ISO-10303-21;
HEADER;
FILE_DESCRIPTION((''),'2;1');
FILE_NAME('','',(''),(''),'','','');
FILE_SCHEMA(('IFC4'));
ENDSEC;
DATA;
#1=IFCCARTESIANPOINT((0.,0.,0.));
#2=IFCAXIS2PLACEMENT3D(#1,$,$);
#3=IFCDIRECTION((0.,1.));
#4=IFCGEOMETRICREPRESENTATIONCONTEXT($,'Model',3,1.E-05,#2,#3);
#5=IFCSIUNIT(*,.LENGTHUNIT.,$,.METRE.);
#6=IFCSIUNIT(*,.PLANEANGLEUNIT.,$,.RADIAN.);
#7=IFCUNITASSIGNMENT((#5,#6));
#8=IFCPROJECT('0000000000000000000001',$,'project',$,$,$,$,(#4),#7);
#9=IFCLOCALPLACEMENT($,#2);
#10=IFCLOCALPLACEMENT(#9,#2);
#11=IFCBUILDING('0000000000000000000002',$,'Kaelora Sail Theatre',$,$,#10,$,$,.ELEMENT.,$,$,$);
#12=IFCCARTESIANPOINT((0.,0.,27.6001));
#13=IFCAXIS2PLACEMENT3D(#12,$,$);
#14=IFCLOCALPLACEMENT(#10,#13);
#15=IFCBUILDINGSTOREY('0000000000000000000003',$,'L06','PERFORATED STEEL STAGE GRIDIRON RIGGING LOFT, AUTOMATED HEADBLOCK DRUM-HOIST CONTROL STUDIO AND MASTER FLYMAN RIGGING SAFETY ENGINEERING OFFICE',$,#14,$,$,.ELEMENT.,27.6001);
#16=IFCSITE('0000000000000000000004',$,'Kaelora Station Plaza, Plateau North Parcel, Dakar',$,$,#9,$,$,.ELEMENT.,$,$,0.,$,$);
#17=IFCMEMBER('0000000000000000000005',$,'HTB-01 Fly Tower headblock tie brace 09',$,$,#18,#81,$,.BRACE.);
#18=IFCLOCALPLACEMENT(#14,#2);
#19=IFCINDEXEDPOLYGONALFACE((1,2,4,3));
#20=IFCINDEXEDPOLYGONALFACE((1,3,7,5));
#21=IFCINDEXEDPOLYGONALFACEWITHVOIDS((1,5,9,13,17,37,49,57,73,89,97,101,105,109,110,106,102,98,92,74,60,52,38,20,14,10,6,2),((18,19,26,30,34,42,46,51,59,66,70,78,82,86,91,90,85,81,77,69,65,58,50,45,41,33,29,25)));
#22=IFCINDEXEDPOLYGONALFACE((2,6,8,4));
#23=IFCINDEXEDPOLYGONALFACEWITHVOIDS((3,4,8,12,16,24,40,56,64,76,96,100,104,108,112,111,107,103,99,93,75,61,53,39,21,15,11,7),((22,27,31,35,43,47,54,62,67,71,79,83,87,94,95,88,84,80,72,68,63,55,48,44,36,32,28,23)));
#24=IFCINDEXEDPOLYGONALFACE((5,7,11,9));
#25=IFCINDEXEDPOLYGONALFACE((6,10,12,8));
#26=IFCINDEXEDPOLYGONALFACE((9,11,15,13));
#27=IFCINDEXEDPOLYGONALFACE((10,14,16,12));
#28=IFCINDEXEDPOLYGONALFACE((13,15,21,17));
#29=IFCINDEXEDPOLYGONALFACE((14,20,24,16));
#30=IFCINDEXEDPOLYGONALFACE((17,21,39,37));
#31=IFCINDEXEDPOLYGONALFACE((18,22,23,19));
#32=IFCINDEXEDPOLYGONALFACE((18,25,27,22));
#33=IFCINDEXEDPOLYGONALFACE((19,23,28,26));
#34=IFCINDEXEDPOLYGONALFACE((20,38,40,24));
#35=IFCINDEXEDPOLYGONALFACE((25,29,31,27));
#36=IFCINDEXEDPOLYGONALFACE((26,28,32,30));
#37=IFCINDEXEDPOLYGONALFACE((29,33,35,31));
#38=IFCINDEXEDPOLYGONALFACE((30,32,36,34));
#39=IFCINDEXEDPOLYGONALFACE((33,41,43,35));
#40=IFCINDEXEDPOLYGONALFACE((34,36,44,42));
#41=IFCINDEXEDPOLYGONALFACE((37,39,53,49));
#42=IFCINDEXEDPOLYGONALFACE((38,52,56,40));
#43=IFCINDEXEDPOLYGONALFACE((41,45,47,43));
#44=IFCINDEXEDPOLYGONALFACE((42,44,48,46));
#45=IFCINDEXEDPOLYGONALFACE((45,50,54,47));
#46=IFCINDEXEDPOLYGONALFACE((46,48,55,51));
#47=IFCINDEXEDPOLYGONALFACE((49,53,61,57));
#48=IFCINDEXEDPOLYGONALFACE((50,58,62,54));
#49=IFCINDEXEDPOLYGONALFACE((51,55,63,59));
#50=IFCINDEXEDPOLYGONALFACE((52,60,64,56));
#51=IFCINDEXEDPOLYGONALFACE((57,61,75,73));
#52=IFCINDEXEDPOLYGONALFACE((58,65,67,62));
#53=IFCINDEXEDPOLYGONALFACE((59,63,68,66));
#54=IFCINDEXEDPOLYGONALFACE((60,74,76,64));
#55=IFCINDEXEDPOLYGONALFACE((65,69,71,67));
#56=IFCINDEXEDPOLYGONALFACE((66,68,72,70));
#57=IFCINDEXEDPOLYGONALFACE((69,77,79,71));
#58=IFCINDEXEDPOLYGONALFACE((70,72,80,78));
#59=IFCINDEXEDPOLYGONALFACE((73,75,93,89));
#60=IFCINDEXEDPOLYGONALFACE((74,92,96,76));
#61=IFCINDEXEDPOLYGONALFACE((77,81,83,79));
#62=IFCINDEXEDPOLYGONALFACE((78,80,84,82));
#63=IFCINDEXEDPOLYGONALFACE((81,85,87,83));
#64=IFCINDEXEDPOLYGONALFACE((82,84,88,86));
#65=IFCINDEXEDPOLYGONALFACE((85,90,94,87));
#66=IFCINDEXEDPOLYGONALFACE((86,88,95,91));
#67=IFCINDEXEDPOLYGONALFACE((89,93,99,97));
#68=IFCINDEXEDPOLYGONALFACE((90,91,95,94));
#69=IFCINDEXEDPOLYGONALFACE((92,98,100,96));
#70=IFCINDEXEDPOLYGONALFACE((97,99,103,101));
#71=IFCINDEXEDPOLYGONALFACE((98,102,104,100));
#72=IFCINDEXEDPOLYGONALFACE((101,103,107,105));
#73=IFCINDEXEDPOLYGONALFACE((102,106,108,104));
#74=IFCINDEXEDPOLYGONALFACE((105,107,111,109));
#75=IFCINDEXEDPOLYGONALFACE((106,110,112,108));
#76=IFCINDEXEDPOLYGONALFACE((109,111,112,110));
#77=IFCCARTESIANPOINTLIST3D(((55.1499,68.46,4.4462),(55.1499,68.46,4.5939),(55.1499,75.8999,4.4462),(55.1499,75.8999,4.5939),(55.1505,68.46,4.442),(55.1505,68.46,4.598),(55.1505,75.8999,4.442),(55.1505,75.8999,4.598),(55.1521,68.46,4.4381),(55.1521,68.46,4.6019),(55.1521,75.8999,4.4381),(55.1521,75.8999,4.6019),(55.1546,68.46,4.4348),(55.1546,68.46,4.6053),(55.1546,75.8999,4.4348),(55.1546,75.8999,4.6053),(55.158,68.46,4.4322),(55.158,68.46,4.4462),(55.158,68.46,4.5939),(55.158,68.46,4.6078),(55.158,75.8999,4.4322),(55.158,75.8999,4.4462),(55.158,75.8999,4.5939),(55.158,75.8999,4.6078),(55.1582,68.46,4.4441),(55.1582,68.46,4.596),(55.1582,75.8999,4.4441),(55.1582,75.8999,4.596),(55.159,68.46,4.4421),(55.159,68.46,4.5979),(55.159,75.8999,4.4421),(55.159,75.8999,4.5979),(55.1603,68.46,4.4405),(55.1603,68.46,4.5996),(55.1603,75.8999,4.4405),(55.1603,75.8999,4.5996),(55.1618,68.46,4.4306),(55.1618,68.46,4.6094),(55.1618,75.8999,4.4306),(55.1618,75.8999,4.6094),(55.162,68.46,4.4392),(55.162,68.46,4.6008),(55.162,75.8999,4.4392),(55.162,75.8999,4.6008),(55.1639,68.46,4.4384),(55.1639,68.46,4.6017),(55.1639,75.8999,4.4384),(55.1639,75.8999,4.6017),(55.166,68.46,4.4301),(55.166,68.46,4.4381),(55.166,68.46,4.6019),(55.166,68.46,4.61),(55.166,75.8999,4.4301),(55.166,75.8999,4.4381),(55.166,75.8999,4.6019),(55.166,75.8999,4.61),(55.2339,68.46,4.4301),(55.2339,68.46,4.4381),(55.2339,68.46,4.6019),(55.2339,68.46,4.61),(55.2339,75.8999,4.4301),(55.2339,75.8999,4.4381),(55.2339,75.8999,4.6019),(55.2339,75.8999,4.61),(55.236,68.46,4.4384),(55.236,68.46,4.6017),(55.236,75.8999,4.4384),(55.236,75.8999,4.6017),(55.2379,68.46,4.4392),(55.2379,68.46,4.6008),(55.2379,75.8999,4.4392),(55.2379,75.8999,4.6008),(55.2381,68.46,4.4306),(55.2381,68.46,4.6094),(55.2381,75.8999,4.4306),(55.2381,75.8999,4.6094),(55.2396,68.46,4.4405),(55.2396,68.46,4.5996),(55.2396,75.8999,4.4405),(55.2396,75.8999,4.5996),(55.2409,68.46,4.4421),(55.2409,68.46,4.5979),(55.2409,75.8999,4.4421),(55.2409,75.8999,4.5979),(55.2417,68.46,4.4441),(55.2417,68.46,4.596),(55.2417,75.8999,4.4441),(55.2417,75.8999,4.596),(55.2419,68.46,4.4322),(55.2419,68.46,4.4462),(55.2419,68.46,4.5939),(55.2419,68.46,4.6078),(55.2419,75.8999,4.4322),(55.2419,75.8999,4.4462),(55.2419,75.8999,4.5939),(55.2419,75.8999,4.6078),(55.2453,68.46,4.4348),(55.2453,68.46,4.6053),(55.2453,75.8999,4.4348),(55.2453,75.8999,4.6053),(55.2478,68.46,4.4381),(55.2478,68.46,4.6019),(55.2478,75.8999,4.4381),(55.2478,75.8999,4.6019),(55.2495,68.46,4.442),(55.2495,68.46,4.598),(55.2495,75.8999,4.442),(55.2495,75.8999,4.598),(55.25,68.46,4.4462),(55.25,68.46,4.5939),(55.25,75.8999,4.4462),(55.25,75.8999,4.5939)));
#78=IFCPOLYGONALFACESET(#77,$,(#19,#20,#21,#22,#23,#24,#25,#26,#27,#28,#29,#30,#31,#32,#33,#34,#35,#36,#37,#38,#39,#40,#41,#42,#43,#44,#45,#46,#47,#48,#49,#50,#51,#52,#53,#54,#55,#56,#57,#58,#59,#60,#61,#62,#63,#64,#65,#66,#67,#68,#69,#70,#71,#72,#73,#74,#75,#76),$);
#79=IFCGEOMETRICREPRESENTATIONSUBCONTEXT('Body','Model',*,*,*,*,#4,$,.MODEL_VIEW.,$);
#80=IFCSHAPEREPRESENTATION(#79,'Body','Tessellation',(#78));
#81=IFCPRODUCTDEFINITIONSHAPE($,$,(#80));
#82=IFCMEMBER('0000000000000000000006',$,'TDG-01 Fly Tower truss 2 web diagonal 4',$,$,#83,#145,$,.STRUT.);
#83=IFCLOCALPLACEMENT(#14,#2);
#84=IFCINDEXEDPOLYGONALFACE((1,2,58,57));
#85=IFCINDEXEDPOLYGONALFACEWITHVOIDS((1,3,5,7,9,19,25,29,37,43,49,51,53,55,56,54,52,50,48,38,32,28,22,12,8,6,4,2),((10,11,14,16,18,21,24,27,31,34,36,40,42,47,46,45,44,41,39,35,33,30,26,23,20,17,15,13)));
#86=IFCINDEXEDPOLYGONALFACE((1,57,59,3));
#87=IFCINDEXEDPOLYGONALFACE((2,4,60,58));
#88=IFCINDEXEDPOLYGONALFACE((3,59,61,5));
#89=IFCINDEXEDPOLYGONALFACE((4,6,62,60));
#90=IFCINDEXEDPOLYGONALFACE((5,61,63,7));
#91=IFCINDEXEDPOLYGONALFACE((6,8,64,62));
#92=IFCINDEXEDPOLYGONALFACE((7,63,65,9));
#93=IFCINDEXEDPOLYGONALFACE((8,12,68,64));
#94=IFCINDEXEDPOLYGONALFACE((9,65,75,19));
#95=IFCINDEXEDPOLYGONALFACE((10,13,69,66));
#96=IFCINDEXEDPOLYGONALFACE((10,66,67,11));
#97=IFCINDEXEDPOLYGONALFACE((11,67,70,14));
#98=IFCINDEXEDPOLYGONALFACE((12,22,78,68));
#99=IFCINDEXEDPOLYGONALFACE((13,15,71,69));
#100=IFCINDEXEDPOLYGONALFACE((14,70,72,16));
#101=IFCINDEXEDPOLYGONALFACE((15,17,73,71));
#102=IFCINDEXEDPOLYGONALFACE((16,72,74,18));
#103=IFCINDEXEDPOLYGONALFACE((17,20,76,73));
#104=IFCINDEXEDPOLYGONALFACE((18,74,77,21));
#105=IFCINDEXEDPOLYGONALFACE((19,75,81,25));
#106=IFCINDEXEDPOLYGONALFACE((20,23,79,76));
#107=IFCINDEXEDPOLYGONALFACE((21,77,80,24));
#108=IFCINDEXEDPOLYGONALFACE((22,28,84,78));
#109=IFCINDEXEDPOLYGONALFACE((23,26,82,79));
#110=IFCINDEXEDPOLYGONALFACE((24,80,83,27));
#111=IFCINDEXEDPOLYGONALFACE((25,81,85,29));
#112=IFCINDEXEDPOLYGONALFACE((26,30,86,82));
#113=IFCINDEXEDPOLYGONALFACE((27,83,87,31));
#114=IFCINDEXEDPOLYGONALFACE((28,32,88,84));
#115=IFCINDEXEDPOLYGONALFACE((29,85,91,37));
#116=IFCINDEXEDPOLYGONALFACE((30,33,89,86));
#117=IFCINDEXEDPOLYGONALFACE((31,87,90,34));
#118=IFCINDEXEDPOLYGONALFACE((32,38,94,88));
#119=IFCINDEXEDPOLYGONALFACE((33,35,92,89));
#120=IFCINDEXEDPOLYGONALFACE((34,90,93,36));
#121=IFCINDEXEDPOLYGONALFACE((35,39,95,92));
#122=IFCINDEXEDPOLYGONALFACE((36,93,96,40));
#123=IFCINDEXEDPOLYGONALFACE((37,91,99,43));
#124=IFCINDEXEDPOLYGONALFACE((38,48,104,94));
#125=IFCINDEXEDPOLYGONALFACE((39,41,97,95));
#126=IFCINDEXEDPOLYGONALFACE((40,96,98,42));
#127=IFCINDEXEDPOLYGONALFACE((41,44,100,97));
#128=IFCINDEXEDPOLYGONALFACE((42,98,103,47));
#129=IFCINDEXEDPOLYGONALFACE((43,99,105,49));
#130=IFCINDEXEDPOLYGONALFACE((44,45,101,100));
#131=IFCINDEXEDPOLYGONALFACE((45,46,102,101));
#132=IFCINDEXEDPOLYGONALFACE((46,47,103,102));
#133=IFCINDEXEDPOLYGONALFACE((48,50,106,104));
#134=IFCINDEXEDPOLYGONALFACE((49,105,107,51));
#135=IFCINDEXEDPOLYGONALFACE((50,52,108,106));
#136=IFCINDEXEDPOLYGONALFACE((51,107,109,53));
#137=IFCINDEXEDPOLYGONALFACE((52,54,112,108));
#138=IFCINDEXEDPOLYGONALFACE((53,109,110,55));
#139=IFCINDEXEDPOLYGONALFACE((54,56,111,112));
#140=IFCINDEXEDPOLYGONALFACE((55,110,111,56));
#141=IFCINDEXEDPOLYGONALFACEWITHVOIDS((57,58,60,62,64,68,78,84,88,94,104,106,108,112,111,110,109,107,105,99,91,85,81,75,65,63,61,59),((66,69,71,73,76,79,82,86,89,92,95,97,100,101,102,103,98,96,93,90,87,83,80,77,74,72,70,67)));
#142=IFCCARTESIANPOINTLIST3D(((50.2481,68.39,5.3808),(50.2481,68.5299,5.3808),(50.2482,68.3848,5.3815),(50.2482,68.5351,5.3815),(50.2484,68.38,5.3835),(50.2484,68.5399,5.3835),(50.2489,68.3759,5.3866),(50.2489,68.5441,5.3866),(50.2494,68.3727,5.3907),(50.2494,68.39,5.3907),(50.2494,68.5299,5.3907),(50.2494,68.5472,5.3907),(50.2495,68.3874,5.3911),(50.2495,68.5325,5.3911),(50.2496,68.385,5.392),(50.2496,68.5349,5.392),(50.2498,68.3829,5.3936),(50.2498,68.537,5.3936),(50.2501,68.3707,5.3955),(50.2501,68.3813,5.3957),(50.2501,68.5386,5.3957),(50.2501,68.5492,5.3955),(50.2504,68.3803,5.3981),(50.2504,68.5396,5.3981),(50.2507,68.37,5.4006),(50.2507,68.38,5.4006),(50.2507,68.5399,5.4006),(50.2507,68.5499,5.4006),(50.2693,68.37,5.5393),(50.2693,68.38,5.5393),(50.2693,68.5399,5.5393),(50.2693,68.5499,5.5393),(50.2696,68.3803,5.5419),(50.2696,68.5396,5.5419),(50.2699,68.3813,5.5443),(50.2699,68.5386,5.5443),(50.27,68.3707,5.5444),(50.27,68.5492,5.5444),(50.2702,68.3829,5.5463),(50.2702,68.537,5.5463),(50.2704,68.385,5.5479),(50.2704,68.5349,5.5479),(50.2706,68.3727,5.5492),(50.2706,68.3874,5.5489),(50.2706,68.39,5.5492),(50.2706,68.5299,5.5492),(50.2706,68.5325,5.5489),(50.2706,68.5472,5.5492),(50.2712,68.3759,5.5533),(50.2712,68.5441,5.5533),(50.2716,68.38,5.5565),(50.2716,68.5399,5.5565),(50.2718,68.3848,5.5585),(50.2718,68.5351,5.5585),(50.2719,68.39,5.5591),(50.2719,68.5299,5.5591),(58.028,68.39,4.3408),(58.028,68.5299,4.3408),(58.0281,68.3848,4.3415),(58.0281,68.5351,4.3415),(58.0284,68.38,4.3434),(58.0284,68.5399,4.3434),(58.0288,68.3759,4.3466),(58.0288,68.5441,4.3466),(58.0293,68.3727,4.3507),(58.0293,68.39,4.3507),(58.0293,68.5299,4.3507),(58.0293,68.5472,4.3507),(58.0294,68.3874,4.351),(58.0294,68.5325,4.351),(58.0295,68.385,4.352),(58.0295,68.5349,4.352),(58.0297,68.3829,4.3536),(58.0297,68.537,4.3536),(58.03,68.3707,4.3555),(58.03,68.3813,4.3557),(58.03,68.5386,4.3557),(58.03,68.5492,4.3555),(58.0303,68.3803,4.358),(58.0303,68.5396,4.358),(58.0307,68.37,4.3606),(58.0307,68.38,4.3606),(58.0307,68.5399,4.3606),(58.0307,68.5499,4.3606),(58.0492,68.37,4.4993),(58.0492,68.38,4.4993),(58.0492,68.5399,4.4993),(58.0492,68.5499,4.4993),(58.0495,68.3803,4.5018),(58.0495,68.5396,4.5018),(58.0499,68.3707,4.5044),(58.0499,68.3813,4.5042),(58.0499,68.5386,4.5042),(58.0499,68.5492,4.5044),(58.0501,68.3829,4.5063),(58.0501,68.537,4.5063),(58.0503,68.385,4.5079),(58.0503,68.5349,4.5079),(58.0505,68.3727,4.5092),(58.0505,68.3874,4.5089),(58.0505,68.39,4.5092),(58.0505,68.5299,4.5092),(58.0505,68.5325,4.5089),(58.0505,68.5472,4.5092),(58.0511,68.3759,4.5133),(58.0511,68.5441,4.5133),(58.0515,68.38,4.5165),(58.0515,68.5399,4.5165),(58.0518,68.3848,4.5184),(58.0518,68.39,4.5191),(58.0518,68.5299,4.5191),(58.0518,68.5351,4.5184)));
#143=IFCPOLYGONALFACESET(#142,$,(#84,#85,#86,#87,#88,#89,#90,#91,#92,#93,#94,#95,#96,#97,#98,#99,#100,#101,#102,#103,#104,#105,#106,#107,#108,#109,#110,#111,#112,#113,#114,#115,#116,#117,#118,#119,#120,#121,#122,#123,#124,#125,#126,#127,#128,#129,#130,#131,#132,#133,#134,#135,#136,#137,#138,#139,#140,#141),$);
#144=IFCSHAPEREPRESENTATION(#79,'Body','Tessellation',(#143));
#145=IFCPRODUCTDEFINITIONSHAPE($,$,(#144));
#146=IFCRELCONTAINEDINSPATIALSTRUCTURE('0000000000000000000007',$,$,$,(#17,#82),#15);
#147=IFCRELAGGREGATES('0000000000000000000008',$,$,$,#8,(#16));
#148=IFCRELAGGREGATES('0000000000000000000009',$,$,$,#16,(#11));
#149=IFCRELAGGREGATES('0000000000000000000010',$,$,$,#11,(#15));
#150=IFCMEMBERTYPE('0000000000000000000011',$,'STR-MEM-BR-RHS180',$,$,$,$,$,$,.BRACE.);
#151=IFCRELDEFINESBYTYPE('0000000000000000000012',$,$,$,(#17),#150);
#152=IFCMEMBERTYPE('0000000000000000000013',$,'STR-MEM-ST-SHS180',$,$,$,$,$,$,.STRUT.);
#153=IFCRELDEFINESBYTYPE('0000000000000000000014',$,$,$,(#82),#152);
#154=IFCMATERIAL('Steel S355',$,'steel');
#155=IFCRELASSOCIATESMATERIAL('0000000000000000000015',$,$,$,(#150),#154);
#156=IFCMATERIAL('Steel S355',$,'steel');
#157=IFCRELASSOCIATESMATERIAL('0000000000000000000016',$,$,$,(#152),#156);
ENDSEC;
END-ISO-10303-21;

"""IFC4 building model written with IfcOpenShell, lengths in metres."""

from ifc_helpers import new_model, si_unit, direction, frame, origin, origin_2d, place, context, subcontext, project, spatial, hollow_rectangle, extrude, material, material_profile, profile_set, type_object, element, save


model = new_model("IFC4")

# Units and contexts
model_context = context("Model", 3, precision=1e-05, world=origin(), true_north=direction((0.0, 1.0)))
body_context = subcontext(model_context, "Body", "Model", "MODEL_VIEW")
ifc_project = project(units=[si_unit("LENGTHUNIT", "METRE"), si_unit("PLANEANGLEUNIT", "RADIAN")], contexts=[model_context])

# Site, building, storey
site_placement = place(None, origin())
site = spatial("IfcSite", under=ifc_project, at=site_placement, Name="Kaelora Station Plaza, Plateau North Parcel, Dakar", CompositionType="ELEMENT", RefElevation=0.0)
building_placement = place(site_placement, origin())
building = spatial("IfcBuilding", under=site, at=building_placement, Name="Kaelora Sail Theatre", CompositionType="ELEMENT")
storey_placement = place(building_placement, frame((0.0, 0.0, 27.6001)))
storey = spatial("IfcBuildingStorey", under=building, at=storey_placement, Name="L06", Description="PERFORATED STEEL STAGE GRIDIRON RIGGING LOFT, AUTOMATED HEADBLOCK DRUM-HOIST CONTROL STUDIO AND MASTER FLYMAN RIGGING SAFETY ENGINEERING OFFICE", CompositionType="ELEMENT", Elevation=27.6001)

# Members
ifc_material_1 = material(Name="Steel S355", Category="steel")
ifc_material_profile_1 = material_profile(ifc_material_1, hollow_rectangle(XDim=0.1001, YDim=0.1799, WallThickness=0.0081, InnerFilletRadius=0.0081, OuterFilletRadius=0.0161, at=origin_2d()), Name="RHS 180x100x8.0")
ifc_profile_set_1 = profile_set([ifc_material_profile_1], Name="Steel S355")
member_type_1 = type_object("IfcMemberType", Name="STR-MEM-BR-RHS180", PredefinedType="BRACE", material=ifc_profile_set_1)
member_1_placement = place(storey_placement, frame((55.2, 68.46, 4.52), z_axis=(0.0, 1.0, 0.0), x_axis=(-1.0, 0.0, 0.0)))
element("IfcMember", 1, at=member_1_placement, inside=storey, type_object=member_type_1, Name="HTB-01 Fly Tower headblock tie brace 09", PredefinedType="BRACE", context=body_context, shape_type="SweptSolid", body=[
    extrude(hollow_rectangle(XDim=0.1001, YDim=0.1799, WallThickness=0.0081, InnerFilletRadius=0.0081, OuterFilletRadius=0.0161, at=origin_2d()), origin(), (0.0, 0.0, 1.0), 7.4399),
])
ifc_material_2 = material(Name="Steel S355", Category="steel")
ifc_material_profile_2 = material_profile(ifc_material_2, hollow_rectangle(XDim=0.1799, YDim=0.1799, WallThickness=0.01, InnerFilletRadius=0.01, OuterFilletRadius=0.02, at=origin_2d()), Name="SHS 180x180x10.0")
ifc_profile_set_2 = profile_set([ifc_material_profile_2], Name="Steel S355")
member_type_2 = type_object("IfcMemberType", Name="STR-MEM-ST-SHS180", PredefinedType="STRUT", material=ifc_profile_set_2)
member_2_placement = place(storey_placement, frame((50.26, 68.46, 5.47), z_axis=(0.991183, 0.0, -0.132502), x_axis=(0.0, 1.0, 0.0)))
element("IfcMember", 2, at=member_2_placement, inside=storey, type_object=member_type_2, Name="TDG-01 Fly Tower truss 2 web diagonal 4", PredefinedType="STRUT", context=body_context, shape_type="SweptSolid", body=[
    extrude(hollow_rectangle(XDim=0.1799, YDim=0.1799, WallThickness=0.01, InnerFilletRadius=0.01, OuterFilletRadius=0.02, at=origin_2d()), origin(), (0.0, 0.0, 1.0), 7.8491),
])

save(model, "model.ifc")
